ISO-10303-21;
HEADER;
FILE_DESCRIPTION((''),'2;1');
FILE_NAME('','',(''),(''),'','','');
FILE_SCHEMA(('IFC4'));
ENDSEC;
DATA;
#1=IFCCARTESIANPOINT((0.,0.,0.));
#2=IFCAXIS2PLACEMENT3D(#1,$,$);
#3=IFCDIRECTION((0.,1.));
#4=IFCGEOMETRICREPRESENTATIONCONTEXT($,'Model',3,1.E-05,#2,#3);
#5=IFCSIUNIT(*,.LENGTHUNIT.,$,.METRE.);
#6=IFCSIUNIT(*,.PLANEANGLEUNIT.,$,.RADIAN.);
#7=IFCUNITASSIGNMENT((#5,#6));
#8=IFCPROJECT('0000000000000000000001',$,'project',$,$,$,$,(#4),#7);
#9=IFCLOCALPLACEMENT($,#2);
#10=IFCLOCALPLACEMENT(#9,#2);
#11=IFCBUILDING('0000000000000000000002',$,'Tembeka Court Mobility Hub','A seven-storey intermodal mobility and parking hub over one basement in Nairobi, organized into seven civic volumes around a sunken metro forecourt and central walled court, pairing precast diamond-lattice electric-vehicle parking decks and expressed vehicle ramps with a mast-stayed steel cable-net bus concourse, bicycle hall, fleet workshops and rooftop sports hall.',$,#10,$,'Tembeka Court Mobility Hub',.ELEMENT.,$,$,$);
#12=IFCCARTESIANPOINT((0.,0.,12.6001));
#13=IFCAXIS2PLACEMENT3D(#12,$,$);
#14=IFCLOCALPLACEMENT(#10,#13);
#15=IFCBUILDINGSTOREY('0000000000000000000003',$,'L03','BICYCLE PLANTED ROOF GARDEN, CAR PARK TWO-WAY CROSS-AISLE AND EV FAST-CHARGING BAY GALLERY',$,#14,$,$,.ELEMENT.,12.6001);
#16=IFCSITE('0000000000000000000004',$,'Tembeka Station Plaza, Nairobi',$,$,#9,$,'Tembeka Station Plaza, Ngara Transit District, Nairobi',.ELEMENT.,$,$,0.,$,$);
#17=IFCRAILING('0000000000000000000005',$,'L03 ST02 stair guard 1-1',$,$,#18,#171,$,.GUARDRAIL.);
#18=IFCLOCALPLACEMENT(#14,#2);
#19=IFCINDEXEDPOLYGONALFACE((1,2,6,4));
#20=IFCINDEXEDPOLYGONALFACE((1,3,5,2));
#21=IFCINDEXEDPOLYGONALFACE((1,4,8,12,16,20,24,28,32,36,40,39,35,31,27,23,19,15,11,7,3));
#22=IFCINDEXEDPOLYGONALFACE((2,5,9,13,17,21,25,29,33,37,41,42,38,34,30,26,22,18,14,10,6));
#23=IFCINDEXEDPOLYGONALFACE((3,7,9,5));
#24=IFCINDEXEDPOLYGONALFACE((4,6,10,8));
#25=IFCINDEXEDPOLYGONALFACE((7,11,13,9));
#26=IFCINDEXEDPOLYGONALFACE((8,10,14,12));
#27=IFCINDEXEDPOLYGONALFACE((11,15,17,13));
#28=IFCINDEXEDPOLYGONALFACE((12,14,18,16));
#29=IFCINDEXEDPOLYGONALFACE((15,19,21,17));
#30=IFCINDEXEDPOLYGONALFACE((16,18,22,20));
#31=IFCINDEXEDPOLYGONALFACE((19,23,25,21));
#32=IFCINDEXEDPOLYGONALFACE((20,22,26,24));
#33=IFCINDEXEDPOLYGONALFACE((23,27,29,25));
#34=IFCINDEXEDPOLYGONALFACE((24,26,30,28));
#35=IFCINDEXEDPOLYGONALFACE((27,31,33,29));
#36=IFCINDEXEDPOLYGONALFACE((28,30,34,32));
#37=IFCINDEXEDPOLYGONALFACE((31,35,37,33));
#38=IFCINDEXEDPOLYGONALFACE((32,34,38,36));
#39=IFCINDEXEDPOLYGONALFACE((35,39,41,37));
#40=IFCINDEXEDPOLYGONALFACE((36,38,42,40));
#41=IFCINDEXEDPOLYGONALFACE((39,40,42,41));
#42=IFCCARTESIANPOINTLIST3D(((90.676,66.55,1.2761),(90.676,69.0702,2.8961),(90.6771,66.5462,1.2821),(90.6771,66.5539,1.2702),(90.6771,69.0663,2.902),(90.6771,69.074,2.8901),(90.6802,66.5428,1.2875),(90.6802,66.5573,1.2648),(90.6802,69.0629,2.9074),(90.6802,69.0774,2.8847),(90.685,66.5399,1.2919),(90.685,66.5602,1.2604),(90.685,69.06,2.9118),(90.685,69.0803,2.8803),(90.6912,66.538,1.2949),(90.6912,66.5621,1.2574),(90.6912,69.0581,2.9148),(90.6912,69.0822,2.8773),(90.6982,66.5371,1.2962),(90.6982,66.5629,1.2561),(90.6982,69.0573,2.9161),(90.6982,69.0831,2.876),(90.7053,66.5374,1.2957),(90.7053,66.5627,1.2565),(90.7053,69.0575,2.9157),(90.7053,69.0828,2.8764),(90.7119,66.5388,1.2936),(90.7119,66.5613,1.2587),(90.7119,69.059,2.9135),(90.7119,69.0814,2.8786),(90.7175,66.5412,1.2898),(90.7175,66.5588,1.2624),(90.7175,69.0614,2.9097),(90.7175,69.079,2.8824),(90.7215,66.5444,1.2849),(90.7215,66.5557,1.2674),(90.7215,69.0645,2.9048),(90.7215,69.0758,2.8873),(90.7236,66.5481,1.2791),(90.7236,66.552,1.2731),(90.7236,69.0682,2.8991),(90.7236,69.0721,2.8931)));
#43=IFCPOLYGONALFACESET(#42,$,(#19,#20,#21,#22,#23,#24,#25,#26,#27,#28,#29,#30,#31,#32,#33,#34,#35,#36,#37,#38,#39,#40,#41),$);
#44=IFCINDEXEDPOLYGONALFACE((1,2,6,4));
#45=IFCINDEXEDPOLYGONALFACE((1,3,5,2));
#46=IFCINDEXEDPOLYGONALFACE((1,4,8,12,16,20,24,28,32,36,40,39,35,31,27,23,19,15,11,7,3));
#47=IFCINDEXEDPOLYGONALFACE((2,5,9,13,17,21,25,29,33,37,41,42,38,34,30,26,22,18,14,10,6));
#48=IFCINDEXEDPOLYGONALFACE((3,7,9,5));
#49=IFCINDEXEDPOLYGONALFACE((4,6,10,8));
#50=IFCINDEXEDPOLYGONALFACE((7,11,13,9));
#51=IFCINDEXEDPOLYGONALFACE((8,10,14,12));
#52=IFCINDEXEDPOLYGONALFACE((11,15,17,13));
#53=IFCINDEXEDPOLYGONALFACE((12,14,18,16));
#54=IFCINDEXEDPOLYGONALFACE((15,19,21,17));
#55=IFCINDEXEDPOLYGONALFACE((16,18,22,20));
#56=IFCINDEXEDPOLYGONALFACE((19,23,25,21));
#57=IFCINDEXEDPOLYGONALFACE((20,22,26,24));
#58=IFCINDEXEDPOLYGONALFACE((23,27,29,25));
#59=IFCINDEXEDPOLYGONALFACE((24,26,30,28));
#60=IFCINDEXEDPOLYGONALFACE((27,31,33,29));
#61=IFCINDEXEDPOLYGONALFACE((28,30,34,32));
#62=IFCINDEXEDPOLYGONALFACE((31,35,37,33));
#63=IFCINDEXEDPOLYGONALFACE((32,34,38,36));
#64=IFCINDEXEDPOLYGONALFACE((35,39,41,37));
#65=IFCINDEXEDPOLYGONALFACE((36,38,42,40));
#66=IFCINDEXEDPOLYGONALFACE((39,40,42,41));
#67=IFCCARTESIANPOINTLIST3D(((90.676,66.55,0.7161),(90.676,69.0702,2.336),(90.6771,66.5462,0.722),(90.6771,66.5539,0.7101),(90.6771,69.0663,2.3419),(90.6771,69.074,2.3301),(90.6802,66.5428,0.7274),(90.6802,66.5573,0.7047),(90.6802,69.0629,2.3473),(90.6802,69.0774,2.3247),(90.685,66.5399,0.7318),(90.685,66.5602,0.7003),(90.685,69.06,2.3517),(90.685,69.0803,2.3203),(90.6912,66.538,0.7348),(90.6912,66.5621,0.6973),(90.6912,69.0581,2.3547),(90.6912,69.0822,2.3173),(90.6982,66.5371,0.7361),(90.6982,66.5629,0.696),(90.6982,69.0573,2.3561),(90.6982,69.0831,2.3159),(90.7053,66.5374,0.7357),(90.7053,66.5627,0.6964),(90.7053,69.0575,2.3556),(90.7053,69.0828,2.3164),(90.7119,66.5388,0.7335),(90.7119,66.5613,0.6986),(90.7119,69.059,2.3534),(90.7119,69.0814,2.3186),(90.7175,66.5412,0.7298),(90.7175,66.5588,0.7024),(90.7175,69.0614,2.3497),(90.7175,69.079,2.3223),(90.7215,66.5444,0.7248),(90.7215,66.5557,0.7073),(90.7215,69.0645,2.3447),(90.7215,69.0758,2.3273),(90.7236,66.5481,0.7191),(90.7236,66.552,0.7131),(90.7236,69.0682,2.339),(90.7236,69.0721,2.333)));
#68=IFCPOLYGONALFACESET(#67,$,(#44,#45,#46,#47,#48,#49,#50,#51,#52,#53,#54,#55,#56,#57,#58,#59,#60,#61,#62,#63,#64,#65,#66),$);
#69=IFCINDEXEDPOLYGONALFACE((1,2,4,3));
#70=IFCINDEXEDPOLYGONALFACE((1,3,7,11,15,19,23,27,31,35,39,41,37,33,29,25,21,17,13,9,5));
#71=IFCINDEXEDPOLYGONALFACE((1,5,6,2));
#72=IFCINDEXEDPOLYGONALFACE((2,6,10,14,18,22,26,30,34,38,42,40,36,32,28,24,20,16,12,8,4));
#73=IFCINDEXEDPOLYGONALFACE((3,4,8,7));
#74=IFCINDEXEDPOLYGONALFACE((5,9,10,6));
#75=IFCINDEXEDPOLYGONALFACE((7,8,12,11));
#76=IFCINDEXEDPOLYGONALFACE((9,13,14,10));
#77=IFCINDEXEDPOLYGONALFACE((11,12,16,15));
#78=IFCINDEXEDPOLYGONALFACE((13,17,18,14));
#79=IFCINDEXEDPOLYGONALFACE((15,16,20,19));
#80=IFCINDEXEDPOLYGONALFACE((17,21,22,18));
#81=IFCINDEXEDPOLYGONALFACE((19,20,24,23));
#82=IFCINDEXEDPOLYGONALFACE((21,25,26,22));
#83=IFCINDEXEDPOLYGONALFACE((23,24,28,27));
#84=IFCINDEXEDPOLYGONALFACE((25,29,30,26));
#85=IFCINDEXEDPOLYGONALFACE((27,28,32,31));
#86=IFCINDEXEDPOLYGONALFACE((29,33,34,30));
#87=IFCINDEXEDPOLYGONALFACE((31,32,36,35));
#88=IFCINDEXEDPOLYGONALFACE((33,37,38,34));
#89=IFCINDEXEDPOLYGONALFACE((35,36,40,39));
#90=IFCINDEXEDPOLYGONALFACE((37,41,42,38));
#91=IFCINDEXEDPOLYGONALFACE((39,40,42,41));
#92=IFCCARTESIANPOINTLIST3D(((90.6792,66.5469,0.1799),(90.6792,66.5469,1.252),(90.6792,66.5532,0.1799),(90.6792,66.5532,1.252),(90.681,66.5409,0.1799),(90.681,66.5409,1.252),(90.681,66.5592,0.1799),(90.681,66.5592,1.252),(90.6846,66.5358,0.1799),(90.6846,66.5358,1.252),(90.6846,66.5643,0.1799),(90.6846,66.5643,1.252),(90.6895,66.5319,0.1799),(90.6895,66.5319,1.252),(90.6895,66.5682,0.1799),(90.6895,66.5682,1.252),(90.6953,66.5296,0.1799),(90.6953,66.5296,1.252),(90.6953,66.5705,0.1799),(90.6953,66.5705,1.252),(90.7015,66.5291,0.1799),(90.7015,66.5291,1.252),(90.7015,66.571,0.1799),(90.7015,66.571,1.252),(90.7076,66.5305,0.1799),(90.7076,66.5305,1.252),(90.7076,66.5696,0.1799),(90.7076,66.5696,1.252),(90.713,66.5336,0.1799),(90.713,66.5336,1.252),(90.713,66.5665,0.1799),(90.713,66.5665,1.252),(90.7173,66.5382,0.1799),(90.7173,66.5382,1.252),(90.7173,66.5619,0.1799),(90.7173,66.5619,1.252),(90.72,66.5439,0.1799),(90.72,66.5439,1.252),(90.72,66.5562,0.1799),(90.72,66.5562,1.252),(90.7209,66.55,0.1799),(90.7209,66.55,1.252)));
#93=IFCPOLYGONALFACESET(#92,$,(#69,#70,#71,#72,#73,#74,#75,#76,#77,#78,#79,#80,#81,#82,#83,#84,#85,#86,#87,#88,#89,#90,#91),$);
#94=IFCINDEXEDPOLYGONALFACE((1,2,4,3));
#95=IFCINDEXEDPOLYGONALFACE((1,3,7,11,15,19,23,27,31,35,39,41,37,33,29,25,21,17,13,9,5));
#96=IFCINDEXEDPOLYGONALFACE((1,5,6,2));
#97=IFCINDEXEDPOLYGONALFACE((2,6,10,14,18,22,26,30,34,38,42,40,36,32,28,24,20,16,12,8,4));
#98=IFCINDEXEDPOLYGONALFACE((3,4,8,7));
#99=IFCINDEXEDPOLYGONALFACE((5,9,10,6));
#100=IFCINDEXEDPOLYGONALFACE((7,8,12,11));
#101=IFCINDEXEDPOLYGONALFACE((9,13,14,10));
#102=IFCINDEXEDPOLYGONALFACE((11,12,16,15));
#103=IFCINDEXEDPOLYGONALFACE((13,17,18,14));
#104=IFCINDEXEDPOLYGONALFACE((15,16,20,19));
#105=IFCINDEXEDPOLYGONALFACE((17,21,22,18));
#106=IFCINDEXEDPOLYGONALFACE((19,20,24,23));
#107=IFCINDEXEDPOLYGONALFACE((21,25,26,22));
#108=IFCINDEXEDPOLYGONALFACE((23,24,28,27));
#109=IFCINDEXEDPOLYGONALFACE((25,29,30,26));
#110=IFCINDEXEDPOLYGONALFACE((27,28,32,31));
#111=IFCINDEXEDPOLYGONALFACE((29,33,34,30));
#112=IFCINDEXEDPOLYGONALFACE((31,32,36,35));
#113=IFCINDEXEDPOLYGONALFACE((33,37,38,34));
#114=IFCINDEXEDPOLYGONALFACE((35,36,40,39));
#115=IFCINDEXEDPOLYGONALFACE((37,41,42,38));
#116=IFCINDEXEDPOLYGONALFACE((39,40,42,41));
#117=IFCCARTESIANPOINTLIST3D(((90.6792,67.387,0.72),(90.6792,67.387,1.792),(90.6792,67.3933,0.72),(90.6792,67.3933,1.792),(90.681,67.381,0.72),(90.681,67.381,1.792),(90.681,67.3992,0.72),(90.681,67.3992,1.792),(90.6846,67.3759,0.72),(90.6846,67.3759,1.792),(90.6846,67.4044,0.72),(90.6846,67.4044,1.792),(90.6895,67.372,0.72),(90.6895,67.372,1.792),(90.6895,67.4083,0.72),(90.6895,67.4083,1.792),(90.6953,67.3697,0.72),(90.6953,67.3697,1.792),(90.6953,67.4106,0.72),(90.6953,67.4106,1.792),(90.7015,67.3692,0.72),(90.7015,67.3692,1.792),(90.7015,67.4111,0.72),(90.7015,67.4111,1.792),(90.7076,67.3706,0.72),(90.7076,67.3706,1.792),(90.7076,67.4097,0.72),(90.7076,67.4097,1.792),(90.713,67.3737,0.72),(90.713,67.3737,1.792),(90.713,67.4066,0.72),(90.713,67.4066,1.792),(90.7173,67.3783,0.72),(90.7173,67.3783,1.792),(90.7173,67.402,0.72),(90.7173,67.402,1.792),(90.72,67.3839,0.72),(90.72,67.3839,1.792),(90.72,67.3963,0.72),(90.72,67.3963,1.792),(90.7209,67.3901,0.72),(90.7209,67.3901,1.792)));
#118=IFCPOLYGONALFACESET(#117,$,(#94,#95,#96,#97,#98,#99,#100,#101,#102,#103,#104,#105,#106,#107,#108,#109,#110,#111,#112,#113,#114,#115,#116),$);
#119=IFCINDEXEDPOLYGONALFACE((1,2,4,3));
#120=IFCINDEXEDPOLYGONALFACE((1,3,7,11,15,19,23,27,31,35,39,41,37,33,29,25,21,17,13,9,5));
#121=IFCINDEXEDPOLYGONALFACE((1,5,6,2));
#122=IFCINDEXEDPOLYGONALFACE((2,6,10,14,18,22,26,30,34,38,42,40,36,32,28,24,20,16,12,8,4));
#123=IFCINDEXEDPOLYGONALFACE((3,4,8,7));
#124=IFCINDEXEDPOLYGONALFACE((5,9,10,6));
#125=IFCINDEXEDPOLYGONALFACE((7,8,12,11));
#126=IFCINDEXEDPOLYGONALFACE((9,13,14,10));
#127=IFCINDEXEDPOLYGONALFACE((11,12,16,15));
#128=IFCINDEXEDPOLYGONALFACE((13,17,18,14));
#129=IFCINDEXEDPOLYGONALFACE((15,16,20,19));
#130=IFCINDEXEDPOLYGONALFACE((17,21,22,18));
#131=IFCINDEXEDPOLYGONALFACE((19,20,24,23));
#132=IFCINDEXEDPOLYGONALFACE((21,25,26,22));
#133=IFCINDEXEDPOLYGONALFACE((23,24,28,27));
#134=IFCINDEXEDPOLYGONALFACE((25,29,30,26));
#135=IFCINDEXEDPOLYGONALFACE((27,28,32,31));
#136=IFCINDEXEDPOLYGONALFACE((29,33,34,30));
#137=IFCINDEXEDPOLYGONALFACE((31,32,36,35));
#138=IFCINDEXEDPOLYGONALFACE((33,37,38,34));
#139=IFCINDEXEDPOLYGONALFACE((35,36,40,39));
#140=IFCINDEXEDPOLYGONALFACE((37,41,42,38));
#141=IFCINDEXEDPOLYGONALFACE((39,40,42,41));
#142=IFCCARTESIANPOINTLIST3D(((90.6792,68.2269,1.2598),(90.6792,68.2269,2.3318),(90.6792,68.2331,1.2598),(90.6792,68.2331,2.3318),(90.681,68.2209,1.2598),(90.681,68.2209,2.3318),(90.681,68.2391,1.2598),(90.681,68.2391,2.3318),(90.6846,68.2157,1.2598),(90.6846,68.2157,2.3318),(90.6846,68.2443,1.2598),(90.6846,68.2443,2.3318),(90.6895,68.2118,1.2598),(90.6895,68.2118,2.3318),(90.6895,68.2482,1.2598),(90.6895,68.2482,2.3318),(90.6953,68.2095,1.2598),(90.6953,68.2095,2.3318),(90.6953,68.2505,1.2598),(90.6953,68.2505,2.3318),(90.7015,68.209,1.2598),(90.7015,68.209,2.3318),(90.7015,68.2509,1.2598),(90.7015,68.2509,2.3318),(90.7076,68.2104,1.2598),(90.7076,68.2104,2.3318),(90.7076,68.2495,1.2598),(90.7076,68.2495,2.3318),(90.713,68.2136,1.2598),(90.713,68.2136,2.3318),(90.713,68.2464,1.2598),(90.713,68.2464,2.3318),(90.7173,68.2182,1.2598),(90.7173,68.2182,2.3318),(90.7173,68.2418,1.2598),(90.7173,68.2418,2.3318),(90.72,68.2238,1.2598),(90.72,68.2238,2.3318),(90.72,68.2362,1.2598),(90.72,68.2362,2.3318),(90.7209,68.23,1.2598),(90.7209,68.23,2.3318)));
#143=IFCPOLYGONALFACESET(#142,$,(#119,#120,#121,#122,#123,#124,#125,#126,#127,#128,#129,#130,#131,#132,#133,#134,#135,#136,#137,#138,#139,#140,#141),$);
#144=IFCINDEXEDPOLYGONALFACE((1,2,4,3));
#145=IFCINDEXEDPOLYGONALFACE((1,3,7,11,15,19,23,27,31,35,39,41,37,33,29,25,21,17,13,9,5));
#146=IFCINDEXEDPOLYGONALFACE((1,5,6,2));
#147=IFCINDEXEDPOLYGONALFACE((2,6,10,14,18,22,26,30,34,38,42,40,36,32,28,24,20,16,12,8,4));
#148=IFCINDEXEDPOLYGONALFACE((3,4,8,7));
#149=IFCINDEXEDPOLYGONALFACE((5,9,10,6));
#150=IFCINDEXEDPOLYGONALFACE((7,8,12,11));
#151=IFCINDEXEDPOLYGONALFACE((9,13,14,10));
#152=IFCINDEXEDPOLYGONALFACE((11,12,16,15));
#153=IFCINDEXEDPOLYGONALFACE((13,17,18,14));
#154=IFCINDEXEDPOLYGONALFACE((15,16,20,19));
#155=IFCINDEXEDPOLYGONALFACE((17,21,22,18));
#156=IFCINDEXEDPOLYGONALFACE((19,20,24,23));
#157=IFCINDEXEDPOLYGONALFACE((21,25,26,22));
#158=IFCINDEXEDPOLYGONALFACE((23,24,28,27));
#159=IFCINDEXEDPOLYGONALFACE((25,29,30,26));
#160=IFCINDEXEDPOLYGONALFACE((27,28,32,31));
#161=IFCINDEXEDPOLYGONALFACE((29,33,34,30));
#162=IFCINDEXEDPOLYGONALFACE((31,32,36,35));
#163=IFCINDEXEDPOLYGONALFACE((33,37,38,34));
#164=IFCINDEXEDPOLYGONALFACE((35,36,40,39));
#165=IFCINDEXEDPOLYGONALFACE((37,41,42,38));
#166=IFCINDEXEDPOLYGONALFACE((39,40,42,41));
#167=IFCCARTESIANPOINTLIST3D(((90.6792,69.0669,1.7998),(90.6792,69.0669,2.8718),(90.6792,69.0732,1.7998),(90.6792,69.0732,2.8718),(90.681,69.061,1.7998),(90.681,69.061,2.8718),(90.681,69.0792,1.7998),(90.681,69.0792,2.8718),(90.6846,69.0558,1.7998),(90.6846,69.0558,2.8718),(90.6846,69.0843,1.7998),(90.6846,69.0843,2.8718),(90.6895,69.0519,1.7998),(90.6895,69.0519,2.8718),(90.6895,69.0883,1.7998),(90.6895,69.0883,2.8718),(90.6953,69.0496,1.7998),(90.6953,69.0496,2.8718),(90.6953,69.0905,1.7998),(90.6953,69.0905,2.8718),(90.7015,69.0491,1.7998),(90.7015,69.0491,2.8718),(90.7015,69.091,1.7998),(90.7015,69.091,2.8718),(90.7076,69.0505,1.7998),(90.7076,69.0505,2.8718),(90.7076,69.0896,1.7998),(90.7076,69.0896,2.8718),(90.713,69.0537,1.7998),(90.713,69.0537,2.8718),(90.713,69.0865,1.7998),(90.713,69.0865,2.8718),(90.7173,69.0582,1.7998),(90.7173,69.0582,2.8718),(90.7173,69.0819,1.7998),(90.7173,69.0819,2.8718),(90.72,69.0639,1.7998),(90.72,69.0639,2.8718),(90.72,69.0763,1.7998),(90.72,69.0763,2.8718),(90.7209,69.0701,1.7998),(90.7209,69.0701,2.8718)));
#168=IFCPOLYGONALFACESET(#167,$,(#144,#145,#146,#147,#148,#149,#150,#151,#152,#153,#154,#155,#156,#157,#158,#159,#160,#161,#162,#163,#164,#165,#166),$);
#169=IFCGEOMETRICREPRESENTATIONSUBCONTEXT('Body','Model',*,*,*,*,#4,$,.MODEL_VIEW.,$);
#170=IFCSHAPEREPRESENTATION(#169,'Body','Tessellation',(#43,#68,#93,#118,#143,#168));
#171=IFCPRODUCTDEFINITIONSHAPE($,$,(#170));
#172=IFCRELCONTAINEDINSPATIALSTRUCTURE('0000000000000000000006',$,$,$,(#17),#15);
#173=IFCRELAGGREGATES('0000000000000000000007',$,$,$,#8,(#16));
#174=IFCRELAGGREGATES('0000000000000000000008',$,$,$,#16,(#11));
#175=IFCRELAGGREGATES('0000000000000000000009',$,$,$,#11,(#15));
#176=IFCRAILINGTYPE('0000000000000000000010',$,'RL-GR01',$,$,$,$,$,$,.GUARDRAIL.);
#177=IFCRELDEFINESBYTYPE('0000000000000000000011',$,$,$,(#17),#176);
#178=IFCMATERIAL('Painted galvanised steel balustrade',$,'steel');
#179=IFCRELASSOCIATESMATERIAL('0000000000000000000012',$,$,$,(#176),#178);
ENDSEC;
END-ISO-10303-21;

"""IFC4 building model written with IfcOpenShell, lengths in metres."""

from ifc_helpers import new_model, si_unit, direction, frame, origin, origin_2d, place, context, subcontext, project, spatial, circle, extrude, material, type_object, element, save


model = new_model("IFC4")

# Units and contexts
model_context = context("Model", 3, precision=1e-05, world=origin(), true_north=direction((0.0, 1.0)))
body_context = subcontext(model_context, "Body", "Model", "MODEL_VIEW")
ifc_project = project(units=[si_unit("LENGTHUNIT", "METRE"), si_unit("PLANEANGLEUNIT", "RADIAN")], contexts=[model_context])

# Site, building, storey
site_placement = place(None, origin())
site = spatial("IfcSite", under=ifc_project, at=site_placement, Name="Tembeka Station Plaza, Nairobi", LongName="Tembeka Station Plaza, Ngara Transit District, Nairobi", CompositionType="ELEMENT", RefElevation=0.0)
building_placement = place(site_placement, origin())
building = spatial("IfcBuilding", under=site, at=building_placement, Name="Tembeka Court Mobility Hub", Description="A seven-storey intermodal mobility and parking hub over one basement in Nairobi, organized into seven civic volumes around a sunken metro forecourt and central walled court, pairing precast diamond-lattice electric-vehicle parking decks and expressed vehicle ramps with a mast-stayed steel cable-net bus concourse, bicycle hall, fleet workshops and rooftop sports hall.", LongName="Tembeka Court Mobility Hub", CompositionType="ELEMENT")
storey_placement = place(building_placement, frame((0.0, 0.0, 12.6001)))
storey = spatial("IfcBuildingStorey", under=building, at=storey_placement, Name="L03", Description="BICYCLE PLANTED ROOF GARDEN, CAR PARK TWO-WAY CROSS-AISLE AND EV FAST-CHARGING BAY GALLERY", CompositionType="ELEMENT", Elevation=12.6001)

# Railing
ifc_material_1 = material(Name="Painted galvanised steel balustrade", Category="steel")
railing_type_1 = type_object("IfcRailingType", Name="RL-GR01", PredefinedType="GUARDRAIL", material=ifc_material_1)
railing_1_placement = place(storey_placement, frame((90.7, 66.55, 0.1799)))
element("IfcRailing", 1, at=railing_1_placement, inside=storey, type_object=railing_type_1, Name="L03 ST02 stair guard 1-1", PredefinedType="GUARDRAIL", context=body_context, shape_type="SweptSolid", body=[
    extrude(circle(Radius=0.0239, at=origin_2d()), frame((0.0, 0.0, 1.0962), z_axis=(0.0, 0.8412, 0.540725), x_axis=(-1.0, 0.0, 0.0)), (0.0, 0.0, 1.0), 2.9958),
    extrude(circle(Radius=0.0239, at=origin_2d()), frame((0.0, 0.0, 0.5361), z_axis=(0.0, 0.8412, 0.540725), x_axis=(-1.0, 0.0, 0.0)), (0.0, 0.0, 1.0), 2.9958),
    extrude(circle(Radius=0.021, at=origin_2d()), origin(), (0.0, 0.0, 1.0), 1.072),
    extrude(circle(Radius=0.021, at=origin_2d()), frame((0.0, 0.8401, 0.54)), (0.0, 0.0, 1.0), 1.072),
    extrude(circle(Radius=0.021, at=origin_2d()), frame((0.0, 1.6799, 1.0798)), (0.0, 0.0, 1.0), 1.072),
    extrude(circle(Radius=0.021, at=origin_2d()), frame((0.0, 2.52, 1.6199)), (0.0, 0.0, 1.0), 1.072),
])

save(model, "model.ifc")
